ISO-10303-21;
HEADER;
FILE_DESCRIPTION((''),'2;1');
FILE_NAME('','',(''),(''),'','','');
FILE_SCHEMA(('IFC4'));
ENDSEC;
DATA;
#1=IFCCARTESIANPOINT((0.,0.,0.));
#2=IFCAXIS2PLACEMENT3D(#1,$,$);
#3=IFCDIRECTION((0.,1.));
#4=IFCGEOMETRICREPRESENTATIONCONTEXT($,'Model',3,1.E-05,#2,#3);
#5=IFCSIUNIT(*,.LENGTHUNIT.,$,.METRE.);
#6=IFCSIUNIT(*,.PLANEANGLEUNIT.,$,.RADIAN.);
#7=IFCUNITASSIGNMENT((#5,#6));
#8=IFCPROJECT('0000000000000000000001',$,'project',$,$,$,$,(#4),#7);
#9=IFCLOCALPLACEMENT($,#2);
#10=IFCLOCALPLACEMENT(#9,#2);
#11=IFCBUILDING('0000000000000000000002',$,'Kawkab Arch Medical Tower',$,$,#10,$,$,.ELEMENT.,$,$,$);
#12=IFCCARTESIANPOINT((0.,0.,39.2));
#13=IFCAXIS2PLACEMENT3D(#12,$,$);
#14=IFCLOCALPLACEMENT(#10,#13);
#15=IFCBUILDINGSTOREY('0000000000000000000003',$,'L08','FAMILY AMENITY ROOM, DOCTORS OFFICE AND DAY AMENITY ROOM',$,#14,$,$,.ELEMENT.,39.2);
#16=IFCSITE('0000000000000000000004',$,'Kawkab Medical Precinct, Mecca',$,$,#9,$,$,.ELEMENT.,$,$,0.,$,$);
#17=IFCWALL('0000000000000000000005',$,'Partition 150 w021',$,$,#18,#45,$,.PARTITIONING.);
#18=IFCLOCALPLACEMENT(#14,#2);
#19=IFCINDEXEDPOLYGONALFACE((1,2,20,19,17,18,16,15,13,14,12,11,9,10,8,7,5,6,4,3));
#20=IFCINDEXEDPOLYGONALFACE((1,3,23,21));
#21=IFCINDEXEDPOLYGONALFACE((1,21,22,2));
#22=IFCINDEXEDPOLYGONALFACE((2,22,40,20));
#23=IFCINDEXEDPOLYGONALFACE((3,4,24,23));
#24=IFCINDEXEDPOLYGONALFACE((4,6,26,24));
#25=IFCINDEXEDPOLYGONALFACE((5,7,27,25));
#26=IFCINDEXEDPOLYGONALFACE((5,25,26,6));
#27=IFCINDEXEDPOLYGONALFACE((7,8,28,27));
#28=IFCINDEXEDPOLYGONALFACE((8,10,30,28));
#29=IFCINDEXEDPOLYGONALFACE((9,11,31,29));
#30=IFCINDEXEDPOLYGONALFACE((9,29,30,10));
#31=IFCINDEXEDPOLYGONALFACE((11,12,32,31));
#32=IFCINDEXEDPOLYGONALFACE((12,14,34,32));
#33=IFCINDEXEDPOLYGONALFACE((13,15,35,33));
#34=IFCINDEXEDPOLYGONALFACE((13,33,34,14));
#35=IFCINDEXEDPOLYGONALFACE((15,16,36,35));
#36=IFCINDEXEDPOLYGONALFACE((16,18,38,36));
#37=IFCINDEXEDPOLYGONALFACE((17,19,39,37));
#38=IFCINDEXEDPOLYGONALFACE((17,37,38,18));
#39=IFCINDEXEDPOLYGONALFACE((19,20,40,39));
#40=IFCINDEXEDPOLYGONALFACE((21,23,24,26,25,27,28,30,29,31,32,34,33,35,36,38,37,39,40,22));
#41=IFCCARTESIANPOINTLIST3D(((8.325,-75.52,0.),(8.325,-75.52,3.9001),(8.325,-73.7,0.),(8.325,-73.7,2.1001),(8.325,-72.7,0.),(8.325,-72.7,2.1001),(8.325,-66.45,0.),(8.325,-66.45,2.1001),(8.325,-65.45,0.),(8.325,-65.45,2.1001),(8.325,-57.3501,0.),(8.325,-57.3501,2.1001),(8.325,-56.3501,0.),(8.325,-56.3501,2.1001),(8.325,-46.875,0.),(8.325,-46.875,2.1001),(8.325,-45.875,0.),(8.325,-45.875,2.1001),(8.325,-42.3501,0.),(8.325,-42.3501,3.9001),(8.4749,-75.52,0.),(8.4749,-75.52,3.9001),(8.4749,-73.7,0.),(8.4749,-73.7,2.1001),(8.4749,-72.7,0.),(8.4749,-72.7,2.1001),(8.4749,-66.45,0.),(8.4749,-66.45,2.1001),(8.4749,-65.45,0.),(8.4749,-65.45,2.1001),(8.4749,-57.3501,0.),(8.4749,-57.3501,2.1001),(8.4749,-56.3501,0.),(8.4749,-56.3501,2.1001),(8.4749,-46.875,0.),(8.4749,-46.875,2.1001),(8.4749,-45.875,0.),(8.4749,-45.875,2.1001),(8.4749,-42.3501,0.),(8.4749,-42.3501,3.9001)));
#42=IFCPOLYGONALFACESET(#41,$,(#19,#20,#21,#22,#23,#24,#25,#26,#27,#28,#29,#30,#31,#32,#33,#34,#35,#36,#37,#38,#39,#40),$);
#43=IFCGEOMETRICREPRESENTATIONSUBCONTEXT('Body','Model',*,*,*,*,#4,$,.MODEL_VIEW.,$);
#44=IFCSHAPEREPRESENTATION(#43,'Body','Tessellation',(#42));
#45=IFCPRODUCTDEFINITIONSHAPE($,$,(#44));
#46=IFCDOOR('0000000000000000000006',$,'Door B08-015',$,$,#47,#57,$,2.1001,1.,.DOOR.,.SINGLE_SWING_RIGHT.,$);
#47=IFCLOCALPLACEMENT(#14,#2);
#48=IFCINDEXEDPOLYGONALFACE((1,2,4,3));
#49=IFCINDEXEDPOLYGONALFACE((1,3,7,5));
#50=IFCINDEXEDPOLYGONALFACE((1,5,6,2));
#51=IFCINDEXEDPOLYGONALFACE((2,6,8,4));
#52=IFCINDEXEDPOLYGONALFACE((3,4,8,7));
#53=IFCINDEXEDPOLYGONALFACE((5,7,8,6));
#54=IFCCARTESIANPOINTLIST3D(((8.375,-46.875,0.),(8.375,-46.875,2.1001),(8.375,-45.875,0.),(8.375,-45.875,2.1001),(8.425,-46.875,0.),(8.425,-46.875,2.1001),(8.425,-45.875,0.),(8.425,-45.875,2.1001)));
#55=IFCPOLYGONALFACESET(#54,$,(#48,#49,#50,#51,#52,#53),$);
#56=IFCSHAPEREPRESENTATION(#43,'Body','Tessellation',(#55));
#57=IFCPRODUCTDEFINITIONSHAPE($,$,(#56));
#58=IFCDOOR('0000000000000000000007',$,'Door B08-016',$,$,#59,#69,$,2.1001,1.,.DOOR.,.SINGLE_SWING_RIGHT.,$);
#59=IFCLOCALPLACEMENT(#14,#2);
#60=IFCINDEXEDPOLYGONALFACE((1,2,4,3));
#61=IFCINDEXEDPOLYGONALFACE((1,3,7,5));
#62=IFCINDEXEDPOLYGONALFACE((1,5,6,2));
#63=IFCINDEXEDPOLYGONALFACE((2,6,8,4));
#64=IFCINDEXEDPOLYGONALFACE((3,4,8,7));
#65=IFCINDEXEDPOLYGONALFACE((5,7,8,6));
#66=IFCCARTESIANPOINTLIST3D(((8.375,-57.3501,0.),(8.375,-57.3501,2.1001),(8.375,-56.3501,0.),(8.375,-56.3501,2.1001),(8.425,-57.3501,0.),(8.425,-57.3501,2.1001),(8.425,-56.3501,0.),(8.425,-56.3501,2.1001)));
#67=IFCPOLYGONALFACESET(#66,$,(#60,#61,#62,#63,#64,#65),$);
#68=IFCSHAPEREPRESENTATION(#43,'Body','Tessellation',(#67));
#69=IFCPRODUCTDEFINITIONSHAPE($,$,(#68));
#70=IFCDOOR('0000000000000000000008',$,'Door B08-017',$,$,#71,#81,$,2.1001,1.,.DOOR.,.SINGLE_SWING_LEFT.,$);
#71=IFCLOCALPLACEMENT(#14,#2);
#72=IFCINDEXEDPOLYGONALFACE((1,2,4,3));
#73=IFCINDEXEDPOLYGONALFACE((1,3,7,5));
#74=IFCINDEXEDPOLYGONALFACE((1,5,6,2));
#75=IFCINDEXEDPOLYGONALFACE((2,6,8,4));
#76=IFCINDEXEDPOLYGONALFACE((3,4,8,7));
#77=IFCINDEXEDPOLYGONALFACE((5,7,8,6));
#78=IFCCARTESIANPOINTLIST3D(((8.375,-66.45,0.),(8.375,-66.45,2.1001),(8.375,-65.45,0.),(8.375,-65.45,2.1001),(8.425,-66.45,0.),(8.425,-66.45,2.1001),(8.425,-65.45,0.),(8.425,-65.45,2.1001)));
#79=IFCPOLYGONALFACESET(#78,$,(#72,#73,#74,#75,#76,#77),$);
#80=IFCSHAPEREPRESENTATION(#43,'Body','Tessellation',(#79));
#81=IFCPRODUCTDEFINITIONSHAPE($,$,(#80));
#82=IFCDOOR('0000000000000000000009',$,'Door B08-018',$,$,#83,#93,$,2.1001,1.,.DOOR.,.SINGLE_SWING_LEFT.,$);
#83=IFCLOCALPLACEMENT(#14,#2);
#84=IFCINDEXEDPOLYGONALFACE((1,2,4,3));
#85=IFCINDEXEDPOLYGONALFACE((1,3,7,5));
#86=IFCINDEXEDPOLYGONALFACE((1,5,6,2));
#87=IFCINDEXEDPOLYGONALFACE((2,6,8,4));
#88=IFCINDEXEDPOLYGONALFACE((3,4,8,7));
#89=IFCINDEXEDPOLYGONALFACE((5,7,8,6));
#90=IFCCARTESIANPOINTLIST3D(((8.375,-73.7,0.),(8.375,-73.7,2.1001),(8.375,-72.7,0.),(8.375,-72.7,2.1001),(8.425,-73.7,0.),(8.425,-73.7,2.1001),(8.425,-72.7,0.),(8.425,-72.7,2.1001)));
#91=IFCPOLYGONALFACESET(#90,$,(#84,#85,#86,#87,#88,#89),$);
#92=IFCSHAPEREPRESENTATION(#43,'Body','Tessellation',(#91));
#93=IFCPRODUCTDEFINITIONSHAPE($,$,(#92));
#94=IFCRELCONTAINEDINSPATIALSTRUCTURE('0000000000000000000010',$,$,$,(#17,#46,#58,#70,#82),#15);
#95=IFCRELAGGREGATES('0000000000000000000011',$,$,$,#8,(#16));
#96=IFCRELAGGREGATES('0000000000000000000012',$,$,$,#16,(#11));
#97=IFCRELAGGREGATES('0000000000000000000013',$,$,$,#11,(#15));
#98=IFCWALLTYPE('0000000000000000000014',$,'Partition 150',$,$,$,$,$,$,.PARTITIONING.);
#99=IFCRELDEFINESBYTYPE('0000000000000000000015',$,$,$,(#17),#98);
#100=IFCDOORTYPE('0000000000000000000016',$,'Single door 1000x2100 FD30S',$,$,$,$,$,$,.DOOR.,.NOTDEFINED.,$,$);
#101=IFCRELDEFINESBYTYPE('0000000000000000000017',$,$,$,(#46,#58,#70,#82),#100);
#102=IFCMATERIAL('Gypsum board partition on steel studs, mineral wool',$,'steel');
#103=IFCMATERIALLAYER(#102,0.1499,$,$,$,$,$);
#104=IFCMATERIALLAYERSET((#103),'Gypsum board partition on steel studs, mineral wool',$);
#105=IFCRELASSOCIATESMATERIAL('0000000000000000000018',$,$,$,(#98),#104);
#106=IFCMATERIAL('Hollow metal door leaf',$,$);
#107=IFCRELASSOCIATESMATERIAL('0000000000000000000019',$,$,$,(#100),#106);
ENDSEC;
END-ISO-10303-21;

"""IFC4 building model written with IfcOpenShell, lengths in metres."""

from ifc_helpers import new_model, si_unit, direction, frame, frame_2d, origin, place, context, subcontext, project, spatial, rectangle, extrude, material, layer, layer_set, type_object, element, fill, save


model = new_model("IFC4")

# Units and contexts
model_context = context("Model", 3, precision=1e-05, world=origin(), true_north=direction((0.0, 1.0)))
body_context = subcontext(model_context, "Body", "Model", "MODEL_VIEW")
ifc_project = project(units=[si_unit("LENGTHUNIT", "METRE"), si_unit("PLANEANGLEUNIT", "RADIAN")], contexts=[model_context])

# Site, building, storey
site_placement = place(None, origin())
site = spatial("IfcSite", under=ifc_project, at=site_placement, Name="Kawkab Medical Precinct, Mecca", CompositionType="ELEMENT", RefElevation=0.0)
building_placement = place(site_placement, origin())
building = spatial("IfcBuilding", under=site, at=building_placement, Name="Kawkab Arch Medical Tower", CompositionType="ELEMENT")
storey_placement = place(building_placement, frame((0.0, 0.0, 39.2)))
storey = spatial("IfcBuildingStorey", under=building, at=storey_placement, Name="L08", Description="FAMILY AMENITY ROOM, DOCTORS OFFICE AND DAY AMENITY ROOM", CompositionType="ELEMENT", Elevation=39.2)

# Shared definitions
ifc_material_1 = material(Name="Gypsum board partition on steel studs, mineral wool", Category="steel")
ifc_layer_1 = layer(ifc_material_1, 0.1499)
ifc_layer_set_1 = layer_set([ifc_layer_1], Name="Gypsum board partition on steel studs, mineral wool")
wall_type_1 = type_object("IfcWallType", Name="Partition 150", PredefinedType="PARTITIONING", material=ifc_layer_set_1)

# Wall, openings, doors
wall_1_placement = place(storey_placement, frame((8.3999, -75.52, 0.0), z_axis=(0.0, 0.0, 1.0), x_axis=(0.0, 1.0, 0.0)))
wall_1 = element("IfcWall", 1, at=wall_1_placement, inside=storey, type_object=wall_type_1, Name="Partition 150 w021", PredefinedType="PARTITIONING", context=body_context, shape_type="SweptSolid", body=[
    extrude(rectangle(XDim=33.1699, YDim=0.1499, at=frame_2d((16.585, 0.0))), origin(), (0.0, 0.0, 1.0), 3.9001),
])
opening_1_placement = place(wall_1_placement, frame((28.645, 0.0, 0.0)))
opening_1 = element("IfcOpeningElement", 2, at=opening_1_placement, cuts=wall_1, PredefinedType="OPENING", context=body_context, shape_type="SweptSolid", body=[
    extrude(rectangle(XDim=1.0, YDim=2.1001, at=frame_2d((0.5, 1.05))), frame((0.0, 0.085, 0.0), z_axis=(0.0, -1.0, 0.0), x_axis=(1.0, 0.0, 0.0)), (0.0, 0.0, 1.0), 0.1699),
])
opening_2_placement = place(wall_1_placement, frame((18.1699, 0.0, 0.0)))
opening_2 = element("IfcOpeningElement", 3, at=opening_2_placement, cuts=wall_1, PredefinedType="OPENING", context=body_context, shape_type="SweptSolid", body=[
    extrude(rectangle(XDim=1.0, YDim=2.1001, at=frame_2d((0.5, 1.05))), frame((0.0, 0.085, 0.0), z_axis=(0.0, -1.0, 0.0), x_axis=(1.0, 0.0, 0.0)), (0.0, 0.0, 1.0), 0.1699),
])
opening_3_placement = place(wall_1_placement, frame((9.0701, 0.0, 0.0)))
opening_3 = element("IfcOpeningElement", 4, at=opening_3_placement, cuts=wall_1, PredefinedType="OPENING", context=body_context, shape_type="SweptSolid", body=[
    extrude(rectangle(XDim=1.0, YDim=2.1001, at=frame_2d((0.5, 1.05))), frame((0.0, 0.085, 0.0), z_axis=(0.0, -1.0, 0.0), x_axis=(1.0, 0.0, 0.0)), (0.0, 0.0, 1.0), 0.1699),
])
opening_4_placement = place(wall_1_placement, frame((1.8201, 0.0, 0.0)))
opening_4 = element("IfcOpeningElement", 5, at=opening_4_placement, cuts=wall_1, PredefinedType="OPENING", context=body_context, shape_type="SweptSolid", body=[
    extrude(rectangle(XDim=1.0, YDim=2.1001, at=frame_2d((0.5, 1.05))), frame((0.0, 0.085, 0.0), z_axis=(0.0, -1.0, 0.0), x_axis=(1.0, 0.0, 0.0)), (0.0, 0.0, 1.0), 0.1699),
])
ifc_material_2 = material(Name="Hollow metal door leaf")
door_type_1 = type_object("IfcDoorType", Name="Single door 1000x2100 FD30S", OperationType="NOTDEFINED", PredefinedType="DOOR", material=ifc_material_2)
door_1_placement = place(opening_1_placement, origin())
door_1 = element("IfcDoor", 6, at=door_1_placement, inside=storey, type_object=door_type_1, Name="Door B08-015", OperationType="SINGLE_SWING_RIGHT", OverallHeight=2.1001, OverallWidth=1.0, PredefinedType="DOOR", context=body_context, shape_type="SweptSolid", body=[
    extrude(rectangle(XDim=1.0, YDim=2.1001, at=frame_2d((0.5, 1.05))), frame((0.0, 0.0249, 0.0), z_axis=(0.0, -1.0, 0.0), x_axis=(1.0, 0.0, 0.0)), (0.0, 0.0, 1.0), 0.05),
])
fill(opening_1, door_1)
door_2_placement = place(opening_2_placement, origin())
door_2 = element("IfcDoor", 7, at=door_2_placement, inside=storey, type_object=door_type_1, Name="Door B08-016", OperationType="SINGLE_SWING_RIGHT", OverallHeight=2.1001, OverallWidth=1.0, PredefinedType="DOOR", context=body_context, shape_type="SweptSolid", body=[
    extrude(rectangle(XDim=1.0, YDim=2.1001, at=frame_2d((0.5, 1.05))), frame((0.0, 0.0249, 0.0), z_axis=(0.0, -1.0, 0.0), x_axis=(1.0, 0.0, 0.0)), (0.0, 0.0, 1.0), 0.05),
])
fill(opening_2, door_2)
door_3_placement = place(opening_3_placement, origin())
door_3 = element("IfcDoor", 8, at=door_3_placement, inside=storey, type_object=door_type_1, Name="Door B08-017", OperationType="SINGLE_SWING_LEFT", OverallHeight=2.1001, OverallWidth=1.0, PredefinedType="DOOR", context=body_context, shape_type="SweptSolid", body=[
    extrude(rectangle(XDim=1.0, YDim=2.1001, at=frame_2d((0.5, 1.05))), frame((0.0, 0.0249, 0.0), z_axis=(0.0, -1.0, 0.0), x_axis=(1.0, 0.0, 0.0)), (0.0, 0.0, 1.0), 0.05),
])
fill(opening_3, door_3)
door_4_placement = place(opening_4_placement, origin())
door_4 = element("IfcDoor", 9, at=door_4_placement, inside=storey, type_object=door_type_1, Name="Door B08-018", OperationType="SINGLE_SWING_LEFT", OverallHeight=2.1001, OverallWidth=1.0, PredefinedType="DOOR", context=body_context, shape_type="SweptSolid", body=[
    extrude(rectangle(XDim=1.0, YDim=2.1001, at=frame_2d((0.5, 1.05))), frame((0.0, 0.0249, 0.0), z_axis=(0.0, -1.0, 0.0), x_axis=(1.0, 0.0, 0.0)), (0.0, 0.0, 1.0), 0.05),
])
fill(opening_4, door_4)

save(model, "model.ifc")
